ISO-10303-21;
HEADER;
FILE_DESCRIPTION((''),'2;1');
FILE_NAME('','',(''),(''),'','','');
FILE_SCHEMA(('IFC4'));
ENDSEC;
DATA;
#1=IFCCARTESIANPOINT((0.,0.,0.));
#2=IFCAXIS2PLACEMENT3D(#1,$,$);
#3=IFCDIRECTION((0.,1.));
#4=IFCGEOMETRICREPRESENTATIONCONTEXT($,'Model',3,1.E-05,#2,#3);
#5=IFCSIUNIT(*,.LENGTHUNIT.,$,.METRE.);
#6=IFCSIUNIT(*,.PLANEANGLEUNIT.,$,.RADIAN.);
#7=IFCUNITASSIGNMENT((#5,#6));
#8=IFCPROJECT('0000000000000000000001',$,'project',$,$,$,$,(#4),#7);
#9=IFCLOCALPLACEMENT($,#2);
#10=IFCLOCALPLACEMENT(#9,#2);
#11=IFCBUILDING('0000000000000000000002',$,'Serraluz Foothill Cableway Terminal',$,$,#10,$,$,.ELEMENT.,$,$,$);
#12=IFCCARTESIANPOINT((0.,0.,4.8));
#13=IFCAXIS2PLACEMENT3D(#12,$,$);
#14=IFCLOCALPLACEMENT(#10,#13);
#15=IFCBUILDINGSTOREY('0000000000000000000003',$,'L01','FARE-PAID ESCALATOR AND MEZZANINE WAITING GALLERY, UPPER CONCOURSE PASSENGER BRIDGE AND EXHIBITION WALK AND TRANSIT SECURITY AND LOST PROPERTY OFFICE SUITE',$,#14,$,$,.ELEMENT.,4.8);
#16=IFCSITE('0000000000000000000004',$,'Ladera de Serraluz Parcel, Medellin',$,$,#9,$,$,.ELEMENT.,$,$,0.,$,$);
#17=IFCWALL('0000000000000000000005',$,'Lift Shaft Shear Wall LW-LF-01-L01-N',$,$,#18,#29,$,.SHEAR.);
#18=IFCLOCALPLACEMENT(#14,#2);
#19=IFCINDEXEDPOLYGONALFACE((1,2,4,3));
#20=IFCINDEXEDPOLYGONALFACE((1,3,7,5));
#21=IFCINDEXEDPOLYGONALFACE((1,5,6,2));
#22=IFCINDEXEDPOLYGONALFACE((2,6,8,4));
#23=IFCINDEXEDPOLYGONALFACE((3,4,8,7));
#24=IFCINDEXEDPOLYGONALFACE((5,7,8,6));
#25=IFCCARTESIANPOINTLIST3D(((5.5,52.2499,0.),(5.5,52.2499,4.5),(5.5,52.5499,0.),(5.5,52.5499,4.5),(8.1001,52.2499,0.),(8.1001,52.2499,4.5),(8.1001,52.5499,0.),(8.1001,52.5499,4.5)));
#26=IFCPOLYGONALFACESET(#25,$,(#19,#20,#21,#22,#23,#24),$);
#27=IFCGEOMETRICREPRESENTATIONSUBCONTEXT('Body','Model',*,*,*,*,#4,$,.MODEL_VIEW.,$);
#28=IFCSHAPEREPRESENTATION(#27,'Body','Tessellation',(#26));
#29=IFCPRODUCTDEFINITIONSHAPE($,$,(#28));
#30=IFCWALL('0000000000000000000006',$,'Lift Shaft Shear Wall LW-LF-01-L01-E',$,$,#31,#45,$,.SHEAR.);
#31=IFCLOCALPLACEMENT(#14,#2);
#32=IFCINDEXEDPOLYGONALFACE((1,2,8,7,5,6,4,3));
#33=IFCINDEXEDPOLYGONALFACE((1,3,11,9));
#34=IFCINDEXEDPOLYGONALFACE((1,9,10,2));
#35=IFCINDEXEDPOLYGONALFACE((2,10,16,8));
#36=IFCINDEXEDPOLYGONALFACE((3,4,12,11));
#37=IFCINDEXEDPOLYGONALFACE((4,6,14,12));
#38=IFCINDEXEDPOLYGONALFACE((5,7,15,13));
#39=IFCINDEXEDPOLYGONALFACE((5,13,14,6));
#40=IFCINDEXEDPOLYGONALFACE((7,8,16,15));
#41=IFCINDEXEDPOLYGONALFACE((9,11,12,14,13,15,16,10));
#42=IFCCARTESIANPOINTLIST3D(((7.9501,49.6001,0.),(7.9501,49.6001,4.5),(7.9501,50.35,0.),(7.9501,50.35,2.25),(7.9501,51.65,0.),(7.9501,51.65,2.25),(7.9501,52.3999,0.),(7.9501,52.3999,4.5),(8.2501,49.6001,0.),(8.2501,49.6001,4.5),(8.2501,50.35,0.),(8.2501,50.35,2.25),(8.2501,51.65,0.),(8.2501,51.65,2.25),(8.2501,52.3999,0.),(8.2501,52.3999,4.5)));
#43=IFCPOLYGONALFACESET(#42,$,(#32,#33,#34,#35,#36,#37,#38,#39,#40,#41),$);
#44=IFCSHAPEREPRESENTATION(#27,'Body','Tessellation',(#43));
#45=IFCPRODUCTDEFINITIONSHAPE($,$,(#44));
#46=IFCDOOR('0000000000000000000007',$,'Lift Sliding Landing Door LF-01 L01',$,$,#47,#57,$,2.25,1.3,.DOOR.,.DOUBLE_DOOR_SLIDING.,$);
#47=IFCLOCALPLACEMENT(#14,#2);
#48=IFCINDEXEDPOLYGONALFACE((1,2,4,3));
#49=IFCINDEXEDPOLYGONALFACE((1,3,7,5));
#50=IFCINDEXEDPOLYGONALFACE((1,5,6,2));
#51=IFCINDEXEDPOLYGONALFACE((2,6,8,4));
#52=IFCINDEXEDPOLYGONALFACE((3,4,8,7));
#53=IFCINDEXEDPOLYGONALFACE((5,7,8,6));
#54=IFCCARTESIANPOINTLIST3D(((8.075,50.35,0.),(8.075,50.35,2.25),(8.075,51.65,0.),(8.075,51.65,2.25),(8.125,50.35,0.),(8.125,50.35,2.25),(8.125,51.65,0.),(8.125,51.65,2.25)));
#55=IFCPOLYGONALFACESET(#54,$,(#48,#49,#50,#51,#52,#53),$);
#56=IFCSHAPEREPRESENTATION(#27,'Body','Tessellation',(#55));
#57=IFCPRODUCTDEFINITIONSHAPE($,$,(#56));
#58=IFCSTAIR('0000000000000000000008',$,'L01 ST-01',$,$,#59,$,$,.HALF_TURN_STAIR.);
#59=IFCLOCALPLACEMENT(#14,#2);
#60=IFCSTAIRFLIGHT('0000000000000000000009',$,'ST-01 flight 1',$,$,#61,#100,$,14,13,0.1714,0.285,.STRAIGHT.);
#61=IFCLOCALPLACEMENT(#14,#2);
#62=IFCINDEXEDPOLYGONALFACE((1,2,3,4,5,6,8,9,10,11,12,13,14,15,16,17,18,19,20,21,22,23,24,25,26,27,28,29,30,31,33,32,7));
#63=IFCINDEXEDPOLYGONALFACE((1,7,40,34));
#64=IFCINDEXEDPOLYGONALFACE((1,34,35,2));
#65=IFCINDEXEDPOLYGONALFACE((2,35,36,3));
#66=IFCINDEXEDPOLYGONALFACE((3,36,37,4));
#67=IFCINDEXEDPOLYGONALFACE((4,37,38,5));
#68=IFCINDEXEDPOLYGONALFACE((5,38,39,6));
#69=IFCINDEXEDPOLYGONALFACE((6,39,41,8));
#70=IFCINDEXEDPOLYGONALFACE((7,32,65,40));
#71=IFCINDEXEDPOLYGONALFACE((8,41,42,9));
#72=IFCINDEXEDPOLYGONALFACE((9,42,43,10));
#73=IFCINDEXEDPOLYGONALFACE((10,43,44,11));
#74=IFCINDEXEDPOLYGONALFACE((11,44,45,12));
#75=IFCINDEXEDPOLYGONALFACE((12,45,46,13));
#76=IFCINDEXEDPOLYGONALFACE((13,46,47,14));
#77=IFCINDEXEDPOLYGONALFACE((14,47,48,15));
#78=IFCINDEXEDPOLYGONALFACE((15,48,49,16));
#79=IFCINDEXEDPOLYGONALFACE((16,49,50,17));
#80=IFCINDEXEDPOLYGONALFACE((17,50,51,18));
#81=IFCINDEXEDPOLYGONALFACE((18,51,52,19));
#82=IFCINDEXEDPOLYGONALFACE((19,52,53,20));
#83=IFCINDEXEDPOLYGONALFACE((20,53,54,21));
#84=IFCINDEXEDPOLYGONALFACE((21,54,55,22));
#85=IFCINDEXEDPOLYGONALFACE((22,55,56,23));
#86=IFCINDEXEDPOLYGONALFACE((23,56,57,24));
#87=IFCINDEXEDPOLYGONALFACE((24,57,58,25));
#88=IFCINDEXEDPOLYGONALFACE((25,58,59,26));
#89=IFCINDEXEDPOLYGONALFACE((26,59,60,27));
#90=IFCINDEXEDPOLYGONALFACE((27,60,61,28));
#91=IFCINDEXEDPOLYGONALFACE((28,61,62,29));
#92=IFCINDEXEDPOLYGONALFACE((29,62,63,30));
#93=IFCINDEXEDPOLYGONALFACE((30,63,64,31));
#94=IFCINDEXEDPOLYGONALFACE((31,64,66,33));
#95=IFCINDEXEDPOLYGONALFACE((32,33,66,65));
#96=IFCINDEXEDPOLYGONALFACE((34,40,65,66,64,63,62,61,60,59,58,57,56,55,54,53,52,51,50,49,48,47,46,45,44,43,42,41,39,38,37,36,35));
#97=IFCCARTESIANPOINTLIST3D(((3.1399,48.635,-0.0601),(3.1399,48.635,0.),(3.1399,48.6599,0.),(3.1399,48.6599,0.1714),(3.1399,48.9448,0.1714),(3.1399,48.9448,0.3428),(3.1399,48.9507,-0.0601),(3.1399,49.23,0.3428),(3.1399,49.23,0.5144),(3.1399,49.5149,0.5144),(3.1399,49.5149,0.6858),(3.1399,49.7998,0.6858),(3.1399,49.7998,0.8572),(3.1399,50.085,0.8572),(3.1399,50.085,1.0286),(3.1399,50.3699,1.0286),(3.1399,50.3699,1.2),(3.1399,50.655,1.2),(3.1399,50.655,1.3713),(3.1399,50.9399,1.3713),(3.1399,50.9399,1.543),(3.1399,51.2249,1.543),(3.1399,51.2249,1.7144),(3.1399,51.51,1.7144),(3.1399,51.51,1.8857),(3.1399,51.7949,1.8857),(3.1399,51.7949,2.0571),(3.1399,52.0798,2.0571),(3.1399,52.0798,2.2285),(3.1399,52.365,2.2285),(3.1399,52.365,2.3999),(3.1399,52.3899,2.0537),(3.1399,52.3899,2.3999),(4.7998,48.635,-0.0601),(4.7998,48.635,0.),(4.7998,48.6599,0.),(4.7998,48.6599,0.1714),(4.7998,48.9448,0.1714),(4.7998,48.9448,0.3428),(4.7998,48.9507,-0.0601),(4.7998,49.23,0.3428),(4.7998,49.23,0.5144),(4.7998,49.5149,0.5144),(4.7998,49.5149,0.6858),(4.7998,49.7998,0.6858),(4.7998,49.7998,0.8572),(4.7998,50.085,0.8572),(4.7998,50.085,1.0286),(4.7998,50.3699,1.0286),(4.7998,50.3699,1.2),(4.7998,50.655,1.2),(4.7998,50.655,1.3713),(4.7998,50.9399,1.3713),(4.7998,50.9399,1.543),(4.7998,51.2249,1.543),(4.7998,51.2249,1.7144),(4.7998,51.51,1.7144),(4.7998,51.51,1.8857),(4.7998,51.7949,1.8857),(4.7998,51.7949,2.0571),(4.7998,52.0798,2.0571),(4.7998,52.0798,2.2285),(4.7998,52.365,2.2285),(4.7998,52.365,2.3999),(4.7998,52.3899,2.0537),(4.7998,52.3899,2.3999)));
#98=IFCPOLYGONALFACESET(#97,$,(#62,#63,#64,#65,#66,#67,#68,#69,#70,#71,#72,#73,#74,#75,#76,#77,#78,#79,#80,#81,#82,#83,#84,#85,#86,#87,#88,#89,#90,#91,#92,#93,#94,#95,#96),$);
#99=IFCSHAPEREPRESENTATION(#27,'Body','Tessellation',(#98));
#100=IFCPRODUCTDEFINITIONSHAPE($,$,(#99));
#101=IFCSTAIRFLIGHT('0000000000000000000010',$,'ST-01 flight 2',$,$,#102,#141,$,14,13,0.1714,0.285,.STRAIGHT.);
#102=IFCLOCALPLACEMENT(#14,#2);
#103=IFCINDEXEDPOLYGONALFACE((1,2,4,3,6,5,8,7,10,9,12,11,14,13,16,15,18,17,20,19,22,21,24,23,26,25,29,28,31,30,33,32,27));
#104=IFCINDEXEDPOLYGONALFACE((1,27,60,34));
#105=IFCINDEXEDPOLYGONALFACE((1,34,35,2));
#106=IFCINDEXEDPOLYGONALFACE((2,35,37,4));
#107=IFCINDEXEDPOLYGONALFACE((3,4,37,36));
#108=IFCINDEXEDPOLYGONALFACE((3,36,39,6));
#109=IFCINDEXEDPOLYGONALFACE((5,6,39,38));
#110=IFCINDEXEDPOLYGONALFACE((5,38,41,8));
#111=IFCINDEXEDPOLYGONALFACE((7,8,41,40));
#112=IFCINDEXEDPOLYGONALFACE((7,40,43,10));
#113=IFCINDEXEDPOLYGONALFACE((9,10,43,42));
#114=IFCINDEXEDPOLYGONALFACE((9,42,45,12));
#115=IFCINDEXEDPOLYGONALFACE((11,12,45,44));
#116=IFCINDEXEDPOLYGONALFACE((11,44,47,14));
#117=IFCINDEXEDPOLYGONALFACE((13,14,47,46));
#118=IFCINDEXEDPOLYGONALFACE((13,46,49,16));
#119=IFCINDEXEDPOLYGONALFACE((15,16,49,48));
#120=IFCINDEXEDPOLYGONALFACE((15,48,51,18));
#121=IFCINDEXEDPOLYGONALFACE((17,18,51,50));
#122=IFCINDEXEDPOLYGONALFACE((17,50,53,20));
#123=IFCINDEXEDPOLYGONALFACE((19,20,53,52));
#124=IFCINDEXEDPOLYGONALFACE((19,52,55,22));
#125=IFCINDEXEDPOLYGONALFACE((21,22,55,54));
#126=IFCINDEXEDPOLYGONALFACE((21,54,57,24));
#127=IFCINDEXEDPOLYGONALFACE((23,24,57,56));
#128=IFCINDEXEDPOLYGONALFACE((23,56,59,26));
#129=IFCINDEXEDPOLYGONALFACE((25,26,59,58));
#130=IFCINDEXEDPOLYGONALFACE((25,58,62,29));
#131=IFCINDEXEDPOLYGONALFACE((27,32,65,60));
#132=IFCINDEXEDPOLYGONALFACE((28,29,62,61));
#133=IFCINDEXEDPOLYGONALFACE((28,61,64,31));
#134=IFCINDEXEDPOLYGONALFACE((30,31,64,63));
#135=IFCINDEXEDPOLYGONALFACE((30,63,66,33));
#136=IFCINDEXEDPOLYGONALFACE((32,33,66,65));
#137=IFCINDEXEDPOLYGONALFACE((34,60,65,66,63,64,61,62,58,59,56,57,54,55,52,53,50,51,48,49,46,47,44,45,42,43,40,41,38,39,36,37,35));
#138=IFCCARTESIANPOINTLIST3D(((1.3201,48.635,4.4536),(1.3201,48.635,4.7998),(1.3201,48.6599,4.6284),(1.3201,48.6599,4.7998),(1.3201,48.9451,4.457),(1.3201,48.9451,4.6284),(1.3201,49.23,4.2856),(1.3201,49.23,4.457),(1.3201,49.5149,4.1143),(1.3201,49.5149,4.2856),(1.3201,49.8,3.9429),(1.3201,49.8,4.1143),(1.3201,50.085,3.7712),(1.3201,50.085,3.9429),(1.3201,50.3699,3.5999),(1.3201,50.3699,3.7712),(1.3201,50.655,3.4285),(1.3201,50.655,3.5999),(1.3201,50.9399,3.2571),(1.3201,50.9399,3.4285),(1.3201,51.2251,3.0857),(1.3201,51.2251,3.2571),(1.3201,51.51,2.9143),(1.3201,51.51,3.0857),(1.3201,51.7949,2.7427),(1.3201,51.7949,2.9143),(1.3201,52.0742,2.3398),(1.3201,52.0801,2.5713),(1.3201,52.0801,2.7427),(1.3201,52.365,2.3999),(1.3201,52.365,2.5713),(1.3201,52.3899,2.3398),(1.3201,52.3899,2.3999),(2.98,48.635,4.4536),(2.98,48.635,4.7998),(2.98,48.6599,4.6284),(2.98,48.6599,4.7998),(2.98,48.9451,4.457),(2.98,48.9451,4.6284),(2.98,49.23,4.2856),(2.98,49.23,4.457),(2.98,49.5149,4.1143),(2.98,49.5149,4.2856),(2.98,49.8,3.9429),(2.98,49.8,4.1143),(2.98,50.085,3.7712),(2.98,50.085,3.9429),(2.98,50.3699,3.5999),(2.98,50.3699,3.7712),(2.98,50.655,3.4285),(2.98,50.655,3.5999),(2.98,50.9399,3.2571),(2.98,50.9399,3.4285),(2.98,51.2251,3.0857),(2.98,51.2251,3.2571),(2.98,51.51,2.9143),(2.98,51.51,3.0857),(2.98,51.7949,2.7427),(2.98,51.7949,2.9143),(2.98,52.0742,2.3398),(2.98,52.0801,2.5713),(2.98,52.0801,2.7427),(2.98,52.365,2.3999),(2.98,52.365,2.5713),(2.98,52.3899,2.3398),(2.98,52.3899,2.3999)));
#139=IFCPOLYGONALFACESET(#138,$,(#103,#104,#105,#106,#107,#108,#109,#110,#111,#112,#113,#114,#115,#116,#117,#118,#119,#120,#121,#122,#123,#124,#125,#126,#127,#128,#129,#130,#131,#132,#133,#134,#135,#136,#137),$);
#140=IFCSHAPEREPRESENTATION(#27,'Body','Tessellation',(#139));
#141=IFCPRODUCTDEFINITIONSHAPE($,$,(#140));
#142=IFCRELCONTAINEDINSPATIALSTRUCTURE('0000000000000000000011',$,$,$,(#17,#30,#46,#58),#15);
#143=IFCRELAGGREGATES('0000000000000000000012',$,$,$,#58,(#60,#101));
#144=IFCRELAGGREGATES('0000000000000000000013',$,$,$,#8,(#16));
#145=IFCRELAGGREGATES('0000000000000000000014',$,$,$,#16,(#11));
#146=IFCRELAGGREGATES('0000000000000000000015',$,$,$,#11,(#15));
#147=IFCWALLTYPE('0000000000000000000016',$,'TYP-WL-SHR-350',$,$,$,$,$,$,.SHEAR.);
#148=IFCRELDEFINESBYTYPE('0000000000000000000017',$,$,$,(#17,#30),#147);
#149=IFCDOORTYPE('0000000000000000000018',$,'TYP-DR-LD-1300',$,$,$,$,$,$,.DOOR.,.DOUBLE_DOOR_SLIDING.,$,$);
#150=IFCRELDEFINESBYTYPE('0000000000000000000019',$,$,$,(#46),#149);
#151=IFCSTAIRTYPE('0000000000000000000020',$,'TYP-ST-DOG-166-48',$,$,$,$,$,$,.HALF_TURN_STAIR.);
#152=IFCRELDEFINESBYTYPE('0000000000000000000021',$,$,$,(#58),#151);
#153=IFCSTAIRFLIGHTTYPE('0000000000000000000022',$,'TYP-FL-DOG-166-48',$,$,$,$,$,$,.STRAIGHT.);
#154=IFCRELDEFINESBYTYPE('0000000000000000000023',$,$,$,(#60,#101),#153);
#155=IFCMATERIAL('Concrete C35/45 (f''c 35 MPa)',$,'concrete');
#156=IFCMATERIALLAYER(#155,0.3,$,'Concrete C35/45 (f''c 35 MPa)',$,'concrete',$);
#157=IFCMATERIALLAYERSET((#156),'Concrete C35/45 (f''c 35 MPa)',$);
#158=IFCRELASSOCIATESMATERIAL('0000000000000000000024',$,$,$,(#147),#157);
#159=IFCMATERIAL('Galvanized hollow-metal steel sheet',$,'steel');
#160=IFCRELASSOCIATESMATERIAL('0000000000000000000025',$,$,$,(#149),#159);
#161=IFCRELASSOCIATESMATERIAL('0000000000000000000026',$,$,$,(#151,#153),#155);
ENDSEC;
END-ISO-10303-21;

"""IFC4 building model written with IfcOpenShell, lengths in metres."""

from ifc_helpers import new_model, si_unit, direction, frame, frame_2d, origin, place, context, subcontext, project, spatial, polyline, rectangle, outline, extrude, material, layer, layer_set, type_object, element, fill, aggregate, save


model = new_model("IFC4")

# Units and contexts
model_context = context("Model", 3, precision=1e-05, world=origin(), true_north=direction((0.0, 1.0)))
body_context = subcontext(model_context, "Body", "Model", "MODEL_VIEW")
ifc_project = project(units=[si_unit("LENGTHUNIT", "METRE"), si_unit("PLANEANGLEUNIT", "RADIAN")], contexts=[model_context])

# Site, building, storey
site_placement = place(None, origin())
site = spatial("IfcSite", under=ifc_project, at=site_placement, Name="Ladera de Serraluz Parcel, Medellin", CompositionType="ELEMENT", RefElevation=0.0)
building_placement = place(site_placement, origin())
building = spatial("IfcBuilding", under=site, at=building_placement, Name="Serraluz Foothill Cableway Terminal", CompositionType="ELEMENT")
storey_placement = place(building_placement, frame((0.0, 0.0, 4.8)))
storey = spatial("IfcBuildingStorey", under=building, at=storey_placement, Name="L01", Description="FARE-PAID ESCALATOR AND MEZZANINE WAITING GALLERY, UPPER CONCOURSE PASSENGER BRIDGE AND EXHIBITION WALK AND TRANSIT SECURITY AND LOST PROPERTY OFFICE SUITE", CompositionType="ELEMENT", Elevation=4.8)

# Shared definitions
ifc_material_1 = material(Name="Concrete C35/45 (f'c 35 MPa)", Category="concrete")

# Wall
ifc_layer_1 = layer(ifc_material_1, 0.3, Name="Concrete C35/45 (f'c 35 MPa)", Category="concrete")
ifc_layer_set_1 = layer_set([ifc_layer_1], Name="Concrete C35/45 (f'c 35 MPa)")
wall_type_1 = type_object("IfcWallType", Name="TYP-WL-SHR-350", PredefinedType="SHEAR", material=ifc_layer_set_1)
wall_1_placement = place(storey_placement, frame((5.5, 52.3999, 0.0), z_axis=(0.0, 0.0, 1.0), x_axis=(1.0, 0.0, 0.0)))
element("IfcWall", 1, at=wall_1_placement, inside=storey, type_object=wall_type_1, Name="Lift Shaft Shear Wall LW-LF-01-L01-N", PredefinedType="SHEAR", context=body_context, shape_type="SweptSolid", body=[
    extrude(rectangle(XDim=2.6001, YDim=0.3, at=frame_2d((1.3, 0.0))), origin(), (0.0, 0.0, 1.0), 4.5),
])

# Wall, opening, door
wall_2_placement = place(storey_placement, frame((8.1001, 52.3999, 0.0), z_axis=(0.0, 0.0, 1.0), x_axis=(0.0, -1.0, 0.0)))
wall_2 = element("IfcWall", 2, at=wall_2_placement, inside=storey, type_object=wall_type_1, Name="Lift Shaft Shear Wall LW-LF-01-L01-E", PredefinedType="SHEAR", context=body_context, shape_type="SweptSolid", body=[
    extrude(rectangle(XDim=2.7998, YDim=0.3, at=frame_2d((1.3999, 0.0))), origin(), (0.0, 0.0, 1.0), 4.5),
])
opening_1_placement = place(wall_2_placement, frame((0.75, 0.0, 0.0)))
opening_1 = element("IfcOpeningElement", 3, at=opening_1_placement, cuts=wall_2, PredefinedType="OPENING", context=body_context, shape_type="SweptSolid", body=[
    extrude(rectangle(XDim=1.3, YDim=2.25, at=frame_2d((0.6499, 1.125))), frame((0.0, 0.1602, 0.0), z_axis=(0.0, -1.0, 0.0), x_axis=(1.0, 0.0, 0.0)), (0.0, 0.0, 1.0), 0.3201),
])
ifc_material_2 = material(Name="Galvanized hollow-metal steel sheet", Category="steel")
door_type = type_object("IfcDoorType", Name="TYP-DR-LD-1300", OperationType="DOUBLE_DOOR_SLIDING", PredefinedType="DOOR", material=ifc_material_2)
door_placement = place(opening_1_placement, origin())
door = element("IfcDoor", 4, at=door_placement, inside=storey, type_object=door_type, Name="Lift Sliding Landing Door LF-01 L01", OperationType="DOUBLE_DOOR_SLIDING", OverallHeight=2.25, OverallWidth=1.3, PredefinedType="DOOR", context=body_context, shape_type="SweptSolid", body=[
    extrude(rectangle(XDim=1.3, YDim=2.25, at=frame_2d((0.6499, 1.125))), frame((0.0, 0.0249, 0.0), z_axis=(0.0, -1.0, 0.0), x_axis=(1.0, 0.0, 0.0)), (0.0, 0.0, 1.0), 0.05),
])
fill(opening_1, door)

# Stair, stair flights
stair_type = type_object("IfcStairType", Name="TYP-ST-DOG-166-48", PredefinedType="HALF_TURN_STAIR", material=ifc_material_1)
stair_placement = place(storey_placement, origin())
stair = element("IfcStair", 5, at=stair_placement, inside=storey, type_object=stair_type, Name="L01 ST-01", PredefinedType="HALF_TURN_STAIR")
stair_flight_type = type_object("IfcStairFlightType", Name="TYP-FL-DOG-166-48", PredefinedType="STRAIGHT", material=ifc_material_1)
stair_flight_1_placement = place(storey_placement, frame((3.97, 48.6599, 0.0), z_axis=(0.0, 0.0, 1.0), x_axis=(0.0, 1.0, 0.0)))
stair_flight_1 = element("IfcStairFlight", 6, at=stair_flight_1_placement, type_object=stair_flight_type, Name="ST-01 flight 1", NumberOfRisers=14, NumberOfTreads=13, PredefinedType="STRAIGHT", RiserHeight=0.1714, TreadLength=0.285, context=body_context, shape_type="SweptSolid", body=[
    extrude(outline(polyline([(-0.0249, -0.0601), (-0.0249, 0.0), (0.0, 0.0), (0.0, 0.1714), (0.2849, 0.1714), (0.2849, 0.3428), (0.5701, 0.3428), (0.5701, 0.5144), (0.855, 0.5144), (0.855, 0.6858), (1.1399, 0.6858), (1.1399, 0.8572), (1.425, 0.8572), (1.425, 1.0286), (1.71, 1.0286), (1.71, 1.2), (1.9951, 1.2), (1.9951, 1.3713), (2.28, 1.3713), (2.28, 1.543), (2.5649, 1.543), (2.5649, 1.7144), (2.8501, 1.7144), (2.8501, 1.8857), (3.135, 1.8857), (3.135, 2.0571), (3.4199, 2.0571), (3.4199, 2.2285), (3.7051, 2.2285), (3.7051, 2.3999), (3.73, 2.3999), (3.73, 2.0537), (0.2908, -0.0601), (-0.0249, -0.0601)])), frame((0.0, 0.8301, 0.0), z_axis=(0.0, -1.0, 0.0), x_axis=(1.0, 0.0, 0.0)), (0.0, 0.0, 1.0), 1.6599),
])
stair_flight_2_placement = place(storey_placement, frame((2.1499, 52.365, 2.3999), z_axis=(0.0, 0.0, 1.0), x_axis=(0.0, -1.0, 0.0)))
stair_flight_2 = element("IfcStairFlight", 7, at=stair_flight_2_placement, type_object=stair_flight_type, Name="ST-01 flight 2", NumberOfRisers=14, NumberOfTreads=13, PredefinedType="STRAIGHT", RiserHeight=0.1714, TreadLength=0.285, context=body_context, shape_type="SweptSolid", body=[
    extrude(outline(polyline([(-0.0249, -0.0601), (-0.0249, 0.0), (0.0, 0.0), (0.0, 0.1714), (0.2849, 0.1714), (0.2849, 0.3428), (0.5701, 0.3428), (0.5701, 0.5144), (0.855, 0.5144), (0.855, 0.6858), (1.1399, 0.6858), (1.1399, 0.8572), (1.425, 0.8572), (1.425, 1.0286), (1.71, 1.0286), (1.71, 1.2), (1.9951, 1.2), (1.9951, 1.3713), (2.28, 1.3713), (2.28, 1.543), (2.5649, 1.543), (2.5649, 1.7144), (2.8501, 1.7144), (2.8501, 1.8857), (3.135, 1.8857), (3.135, 2.0571), (3.4199, 2.0571), (3.4199, 2.2285), (3.7051, 2.2285), (3.7051, 2.3999), (3.73, 2.3999), (3.73, 2.0537), (0.2908, -0.0601), (-0.0249, -0.0601)])), frame((0.0, 0.8301, 0.0), z_axis=(0.0, -1.0, 0.0), x_axis=(1.0, 0.0, 0.0)), (0.0, 0.0, 1.0), 1.6599),
])
aggregate(stair, [stair_flight_1, stair_flight_2])

save(model, "model.ifc")
